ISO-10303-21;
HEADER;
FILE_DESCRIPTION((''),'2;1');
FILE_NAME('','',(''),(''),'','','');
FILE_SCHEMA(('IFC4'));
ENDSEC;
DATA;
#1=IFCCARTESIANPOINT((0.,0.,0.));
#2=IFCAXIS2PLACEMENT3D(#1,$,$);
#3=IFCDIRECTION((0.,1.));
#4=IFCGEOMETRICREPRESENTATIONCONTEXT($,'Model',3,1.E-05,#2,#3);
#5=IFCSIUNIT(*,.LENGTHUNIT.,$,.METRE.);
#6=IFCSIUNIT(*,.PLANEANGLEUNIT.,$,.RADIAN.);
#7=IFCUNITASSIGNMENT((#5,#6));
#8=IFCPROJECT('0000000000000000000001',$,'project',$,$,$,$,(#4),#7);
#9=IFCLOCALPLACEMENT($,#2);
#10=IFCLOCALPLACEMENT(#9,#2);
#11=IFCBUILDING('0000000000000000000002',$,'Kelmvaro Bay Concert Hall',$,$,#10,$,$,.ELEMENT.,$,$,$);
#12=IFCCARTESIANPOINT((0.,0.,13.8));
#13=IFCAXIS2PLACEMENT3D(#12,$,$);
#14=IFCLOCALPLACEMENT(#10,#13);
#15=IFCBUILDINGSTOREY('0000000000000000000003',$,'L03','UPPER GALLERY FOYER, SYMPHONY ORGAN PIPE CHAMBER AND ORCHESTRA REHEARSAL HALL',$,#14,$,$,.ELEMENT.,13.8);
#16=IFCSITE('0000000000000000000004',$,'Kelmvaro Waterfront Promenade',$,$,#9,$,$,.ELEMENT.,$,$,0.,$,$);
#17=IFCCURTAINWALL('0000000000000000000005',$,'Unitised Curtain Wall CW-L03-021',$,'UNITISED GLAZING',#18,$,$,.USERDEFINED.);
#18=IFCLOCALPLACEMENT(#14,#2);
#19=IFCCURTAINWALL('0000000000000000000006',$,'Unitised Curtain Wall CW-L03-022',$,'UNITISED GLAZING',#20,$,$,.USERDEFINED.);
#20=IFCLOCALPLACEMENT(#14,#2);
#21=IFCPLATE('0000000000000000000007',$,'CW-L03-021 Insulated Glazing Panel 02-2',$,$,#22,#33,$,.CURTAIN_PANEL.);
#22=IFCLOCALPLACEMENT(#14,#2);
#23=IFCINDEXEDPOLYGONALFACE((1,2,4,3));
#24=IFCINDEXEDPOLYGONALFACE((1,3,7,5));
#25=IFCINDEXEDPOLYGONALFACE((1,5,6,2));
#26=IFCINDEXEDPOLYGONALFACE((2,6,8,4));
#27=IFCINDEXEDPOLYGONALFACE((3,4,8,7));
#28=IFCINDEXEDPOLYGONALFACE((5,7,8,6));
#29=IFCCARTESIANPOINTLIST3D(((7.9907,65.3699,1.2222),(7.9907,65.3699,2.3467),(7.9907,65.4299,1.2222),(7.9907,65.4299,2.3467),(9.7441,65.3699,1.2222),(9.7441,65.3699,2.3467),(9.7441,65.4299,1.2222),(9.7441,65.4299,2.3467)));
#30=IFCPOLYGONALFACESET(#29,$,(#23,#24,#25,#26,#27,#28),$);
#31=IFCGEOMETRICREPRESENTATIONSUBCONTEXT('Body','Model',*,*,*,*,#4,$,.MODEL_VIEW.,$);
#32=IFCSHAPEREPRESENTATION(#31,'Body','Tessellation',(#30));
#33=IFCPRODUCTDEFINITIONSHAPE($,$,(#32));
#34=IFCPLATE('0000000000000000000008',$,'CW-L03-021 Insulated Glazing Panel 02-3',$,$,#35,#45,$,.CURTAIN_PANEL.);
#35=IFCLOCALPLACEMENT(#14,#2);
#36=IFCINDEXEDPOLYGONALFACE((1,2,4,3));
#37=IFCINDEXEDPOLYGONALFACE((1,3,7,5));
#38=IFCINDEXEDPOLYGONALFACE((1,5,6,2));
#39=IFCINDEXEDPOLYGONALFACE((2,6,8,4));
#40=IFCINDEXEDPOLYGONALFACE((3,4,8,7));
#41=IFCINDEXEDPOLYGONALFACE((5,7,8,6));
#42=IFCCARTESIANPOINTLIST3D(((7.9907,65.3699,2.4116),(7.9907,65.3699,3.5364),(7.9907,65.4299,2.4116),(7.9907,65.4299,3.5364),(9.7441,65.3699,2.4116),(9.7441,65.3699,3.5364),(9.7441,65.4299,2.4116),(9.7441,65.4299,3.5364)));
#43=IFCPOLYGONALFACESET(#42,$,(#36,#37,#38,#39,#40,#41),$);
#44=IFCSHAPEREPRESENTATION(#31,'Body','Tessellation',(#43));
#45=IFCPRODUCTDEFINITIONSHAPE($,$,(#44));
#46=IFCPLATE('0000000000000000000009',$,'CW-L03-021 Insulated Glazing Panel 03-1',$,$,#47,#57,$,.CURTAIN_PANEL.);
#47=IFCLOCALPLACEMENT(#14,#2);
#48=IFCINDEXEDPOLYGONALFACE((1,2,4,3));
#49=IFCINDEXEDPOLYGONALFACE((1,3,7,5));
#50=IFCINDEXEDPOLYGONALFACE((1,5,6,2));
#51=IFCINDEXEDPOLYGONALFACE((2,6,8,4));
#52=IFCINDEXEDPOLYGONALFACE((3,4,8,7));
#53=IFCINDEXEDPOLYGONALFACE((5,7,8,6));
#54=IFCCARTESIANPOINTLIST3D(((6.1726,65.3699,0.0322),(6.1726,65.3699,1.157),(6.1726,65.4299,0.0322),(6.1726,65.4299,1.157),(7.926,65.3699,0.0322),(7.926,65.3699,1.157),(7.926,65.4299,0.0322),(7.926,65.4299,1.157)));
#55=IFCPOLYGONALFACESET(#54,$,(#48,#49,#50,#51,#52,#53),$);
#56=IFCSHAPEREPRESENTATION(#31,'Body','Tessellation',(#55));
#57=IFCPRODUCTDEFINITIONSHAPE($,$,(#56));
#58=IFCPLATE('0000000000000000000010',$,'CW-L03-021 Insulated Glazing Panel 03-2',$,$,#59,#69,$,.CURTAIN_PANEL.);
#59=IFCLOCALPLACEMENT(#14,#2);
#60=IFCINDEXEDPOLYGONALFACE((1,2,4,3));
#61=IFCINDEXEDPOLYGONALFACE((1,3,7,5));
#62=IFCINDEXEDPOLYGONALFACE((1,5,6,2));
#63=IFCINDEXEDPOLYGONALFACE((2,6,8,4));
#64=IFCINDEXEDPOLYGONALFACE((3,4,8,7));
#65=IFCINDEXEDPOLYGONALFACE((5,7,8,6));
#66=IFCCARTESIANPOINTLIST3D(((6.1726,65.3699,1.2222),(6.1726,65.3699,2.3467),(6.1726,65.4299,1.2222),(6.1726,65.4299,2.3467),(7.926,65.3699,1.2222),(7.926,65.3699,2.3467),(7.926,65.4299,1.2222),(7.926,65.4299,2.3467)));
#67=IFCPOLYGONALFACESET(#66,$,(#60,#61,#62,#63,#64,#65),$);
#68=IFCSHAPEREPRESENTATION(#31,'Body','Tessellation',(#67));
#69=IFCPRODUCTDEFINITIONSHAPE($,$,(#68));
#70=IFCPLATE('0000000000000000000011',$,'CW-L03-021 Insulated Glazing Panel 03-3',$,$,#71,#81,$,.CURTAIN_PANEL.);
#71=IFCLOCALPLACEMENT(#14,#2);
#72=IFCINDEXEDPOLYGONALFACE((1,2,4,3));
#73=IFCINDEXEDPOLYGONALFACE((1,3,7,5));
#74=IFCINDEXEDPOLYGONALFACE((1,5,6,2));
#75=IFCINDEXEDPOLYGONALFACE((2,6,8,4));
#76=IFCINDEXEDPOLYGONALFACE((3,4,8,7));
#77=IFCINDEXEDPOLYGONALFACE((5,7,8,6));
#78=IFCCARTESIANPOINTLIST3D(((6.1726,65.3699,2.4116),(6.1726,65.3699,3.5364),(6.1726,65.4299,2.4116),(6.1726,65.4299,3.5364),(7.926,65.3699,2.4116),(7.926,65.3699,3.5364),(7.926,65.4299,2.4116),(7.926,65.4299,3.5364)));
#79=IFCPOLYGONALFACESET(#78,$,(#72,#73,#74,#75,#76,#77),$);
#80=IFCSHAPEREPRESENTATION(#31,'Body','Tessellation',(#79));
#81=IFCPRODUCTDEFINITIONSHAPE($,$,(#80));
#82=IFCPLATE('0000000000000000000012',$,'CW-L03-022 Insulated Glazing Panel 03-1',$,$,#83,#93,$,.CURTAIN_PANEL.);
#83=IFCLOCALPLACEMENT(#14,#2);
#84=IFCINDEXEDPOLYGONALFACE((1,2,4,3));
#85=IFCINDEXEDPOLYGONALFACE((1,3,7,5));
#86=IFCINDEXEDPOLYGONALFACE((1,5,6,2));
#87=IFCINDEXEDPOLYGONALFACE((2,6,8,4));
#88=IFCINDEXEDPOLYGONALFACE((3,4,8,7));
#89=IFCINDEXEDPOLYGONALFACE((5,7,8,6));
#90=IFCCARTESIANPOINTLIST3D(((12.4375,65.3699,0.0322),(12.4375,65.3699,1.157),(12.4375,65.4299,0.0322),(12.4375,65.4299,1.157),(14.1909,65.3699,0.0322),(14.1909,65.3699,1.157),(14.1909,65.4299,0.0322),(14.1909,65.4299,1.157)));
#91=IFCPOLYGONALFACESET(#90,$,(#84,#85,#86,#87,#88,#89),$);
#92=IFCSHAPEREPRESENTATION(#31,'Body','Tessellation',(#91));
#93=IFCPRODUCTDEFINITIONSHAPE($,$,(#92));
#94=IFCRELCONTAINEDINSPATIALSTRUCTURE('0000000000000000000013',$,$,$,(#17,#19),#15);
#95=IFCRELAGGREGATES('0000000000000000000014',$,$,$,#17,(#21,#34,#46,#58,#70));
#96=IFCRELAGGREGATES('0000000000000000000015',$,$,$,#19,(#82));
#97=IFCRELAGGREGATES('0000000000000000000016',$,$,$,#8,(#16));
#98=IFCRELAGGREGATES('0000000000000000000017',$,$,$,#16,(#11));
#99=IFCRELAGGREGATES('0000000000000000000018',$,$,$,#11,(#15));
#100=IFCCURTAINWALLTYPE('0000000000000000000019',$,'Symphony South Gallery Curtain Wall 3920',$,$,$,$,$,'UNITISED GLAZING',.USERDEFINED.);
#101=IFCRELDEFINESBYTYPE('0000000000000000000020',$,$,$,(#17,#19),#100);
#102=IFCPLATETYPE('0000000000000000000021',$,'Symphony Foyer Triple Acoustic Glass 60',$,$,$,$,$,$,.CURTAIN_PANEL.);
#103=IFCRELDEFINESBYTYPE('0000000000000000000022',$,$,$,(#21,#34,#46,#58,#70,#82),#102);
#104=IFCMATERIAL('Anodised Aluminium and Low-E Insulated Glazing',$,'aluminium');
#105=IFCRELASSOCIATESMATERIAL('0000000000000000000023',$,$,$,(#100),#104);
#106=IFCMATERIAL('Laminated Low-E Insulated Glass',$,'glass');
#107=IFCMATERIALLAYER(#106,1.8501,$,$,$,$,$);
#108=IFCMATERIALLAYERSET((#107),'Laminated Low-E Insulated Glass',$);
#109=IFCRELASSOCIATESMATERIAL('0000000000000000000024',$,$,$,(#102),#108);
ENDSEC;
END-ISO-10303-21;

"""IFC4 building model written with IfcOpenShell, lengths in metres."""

from ifc_helpers import new_model, si_unit, direction, frame, origin, origin_2d, place, context, subcontext, project, spatial, rectangle, extrude, material, layer, layer_set, type_object, element, aggregate, save


model = new_model("IFC4")

# Units and contexts
model_context = context("Model", 3, precision=1e-05, world=origin(), true_north=direction((0.0, 1.0)))
body_context = subcontext(model_context, "Body", "Model", "MODEL_VIEW")
ifc_project = project(units=[si_unit("LENGTHUNIT", "METRE"), si_unit("PLANEANGLEUNIT", "RADIAN")], contexts=[model_context])

# Site, building, storey
site_placement = place(None, origin())
site = spatial("IfcSite", under=ifc_project, at=site_placement, Name="Kelmvaro Waterfront Promenade", CompositionType="ELEMENT", RefElevation=0.0)
building_placement = place(site_placement, origin())
building = spatial("IfcBuilding", under=site, at=building_placement, Name="Kelmvaro Bay Concert Hall", CompositionType="ELEMENT")
storey_placement = place(building_placement, frame((0.0, 0.0, 13.8)))
storey = spatial("IfcBuildingStorey", under=building, at=storey_placement, Name="L03", Description="UPPER GALLERY FOYER, SYMPHONY ORGAN PIPE CHAMBER AND ORCHESTRA REHEARSAL HALL", CompositionType="ELEMENT", Elevation=13.8)

# Shared definitions
ifc_material_1 = material(Name="Anodised Aluminium and Low-E Insulated Glazing", Category="aluminium")
curtain_wall_type = type_object("IfcCurtainWallType", Name="Symphony South Gallery Curtain Wall 3920", ElementType="UNITISED GLAZING", PredefinedType="USERDEFINED", material=ifc_material_1)

# Curtain wall
curtain_wall_1_placement = place(storey_placement, origin())
curtain_wall_1 = element("IfcCurtainWall", 1, at=curtain_wall_1_placement, inside=storey, type_object=curtain_wall_type, Name="Unitised Curtain Wall CW-L03-021", ObjectType="UNITISED GLAZING", PredefinedType="USERDEFINED")

# Curtain wall
curtain_wall_2_placement = place(storey_placement, origin())
curtain_wall_2 = element("IfcCurtainWall", 2, at=curtain_wall_2_placement, inside=storey, type_object=curtain_wall_type, Name="Unitised Curtain Wall CW-L03-022", ObjectType="UNITISED GLAZING", PredefinedType="USERDEFINED")

# Plates
ifc_material_2 = material(Name="Laminated Low-E Insulated Glass", Category="glass")
ifc_layer = layer(ifc_material_2, 1.8501)
ifc_layer_set = layer_set([ifc_layer], Name="Laminated Low-E Insulated Glass")
plate_type = type_object("IfcPlateType", Name="Symphony Foyer Triple Acoustic Glass 60", PredefinedType="CURTAIN_PANEL", material=ifc_layer_set)
plate_1_placement = place(storey_placement, frame((8.8674, 65.3999, 1.2222), z_axis=(0.0, 0.0, 1.0), x_axis=(-1.0, 0.0, 0.0)))
plate_1 = element("IfcPlate", 3, at=plate_1_placement, type_object=plate_type, Name="CW-L03-021 Insulated Glazing Panel 02-2", PredefinedType="CURTAIN_PANEL", context=body_context, shape_type="SweptSolid", body=[
    extrude(rectangle(XDim=1.7534, YDim=0.0601, at=origin_2d()), origin(), (0.0, 0.0, 1.0), 1.1245),
])
plate_2_placement = place(storey_placement, frame((8.8674, 65.3999, 2.4116), z_axis=(0.0, 0.0, 1.0), x_axis=(-1.0, 0.0, 0.0)))
plate_2 = element("IfcPlate", 4, at=plate_2_placement, type_object=plate_type, Name="CW-L03-021 Insulated Glazing Panel 02-3", PredefinedType="CURTAIN_PANEL", context=body_context, shape_type="SweptSolid", body=[
    extrude(rectangle(XDim=1.7534, YDim=0.0601, at=origin_2d()), origin(), (0.0, 0.0, 1.0), 1.1248),
])
plate_3_placement = place(storey_placement, frame((7.0493, 65.3999, 0.0322), z_axis=(0.0, 0.0, 1.0), x_axis=(-1.0, 0.0, 0.0)))
plate_3 = element("IfcPlate", 5, at=plate_3_placement, type_object=plate_type, Name="CW-L03-021 Insulated Glazing Panel 03-1", PredefinedType="CURTAIN_PANEL", context=body_context, shape_type="SweptSolid", body=[
    extrude(rectangle(XDim=1.7534, YDim=0.0601, at=origin_2d()), origin(), (0.0, 0.0, 1.0), 1.1248),
])
plate_4_placement = place(storey_placement, frame((7.0493, 65.3999, 1.2222), z_axis=(0.0, 0.0, 1.0), x_axis=(-1.0, 0.0, 0.0)))
plate_4 = element("IfcPlate", 6, at=plate_4_placement, type_object=plate_type, Name="CW-L03-021 Insulated Glazing Panel 03-2", PredefinedType="CURTAIN_PANEL", context=body_context, shape_type="SweptSolid", body=[
    extrude(rectangle(XDim=1.7534, YDim=0.0601, at=origin_2d()), origin(), (0.0, 0.0, 1.0), 1.1245),
])
plate_5_placement = place(storey_placement, frame((7.0493, 65.3999, 2.4116), z_axis=(0.0, 0.0, 1.0), x_axis=(-1.0, 0.0, 0.0)))
plate_5 = element("IfcPlate", 7, at=plate_5_placement, type_object=plate_type, Name="CW-L03-021 Insulated Glazing Panel 03-3", PredefinedType="CURTAIN_PANEL", context=body_context, shape_type="SweptSolid", body=[
    extrude(rectangle(XDim=1.7534, YDim=0.0601, at=origin_2d()), origin(), (0.0, 0.0, 1.0), 1.1248),
])
aggregate(curtain_wall_1, [plate_1, plate_2, plate_3, plate_4, plate_5])
plate_6_placement = place(storey_placement, frame((13.3142, 65.3999, 0.0322), z_axis=(0.0, 0.0, 1.0), x_axis=(-1.0, 0.0, 0.0)))
plate_6 = element("IfcPlate", 8, at=plate_6_placement, type_object=plate_type, Name="CW-L03-022 Insulated Glazing Panel 03-1", PredefinedType="CURTAIN_PANEL", context=body_context, shape_type="SweptSolid", body=[
    extrude(rectangle(XDim=1.7534, YDim=0.0601, at=origin_2d()), origin(), (0.0, 0.0, 1.0), 1.1248),
])
aggregate(curtain_wall_2, [plate_6])

save(model, "model.ifc")
